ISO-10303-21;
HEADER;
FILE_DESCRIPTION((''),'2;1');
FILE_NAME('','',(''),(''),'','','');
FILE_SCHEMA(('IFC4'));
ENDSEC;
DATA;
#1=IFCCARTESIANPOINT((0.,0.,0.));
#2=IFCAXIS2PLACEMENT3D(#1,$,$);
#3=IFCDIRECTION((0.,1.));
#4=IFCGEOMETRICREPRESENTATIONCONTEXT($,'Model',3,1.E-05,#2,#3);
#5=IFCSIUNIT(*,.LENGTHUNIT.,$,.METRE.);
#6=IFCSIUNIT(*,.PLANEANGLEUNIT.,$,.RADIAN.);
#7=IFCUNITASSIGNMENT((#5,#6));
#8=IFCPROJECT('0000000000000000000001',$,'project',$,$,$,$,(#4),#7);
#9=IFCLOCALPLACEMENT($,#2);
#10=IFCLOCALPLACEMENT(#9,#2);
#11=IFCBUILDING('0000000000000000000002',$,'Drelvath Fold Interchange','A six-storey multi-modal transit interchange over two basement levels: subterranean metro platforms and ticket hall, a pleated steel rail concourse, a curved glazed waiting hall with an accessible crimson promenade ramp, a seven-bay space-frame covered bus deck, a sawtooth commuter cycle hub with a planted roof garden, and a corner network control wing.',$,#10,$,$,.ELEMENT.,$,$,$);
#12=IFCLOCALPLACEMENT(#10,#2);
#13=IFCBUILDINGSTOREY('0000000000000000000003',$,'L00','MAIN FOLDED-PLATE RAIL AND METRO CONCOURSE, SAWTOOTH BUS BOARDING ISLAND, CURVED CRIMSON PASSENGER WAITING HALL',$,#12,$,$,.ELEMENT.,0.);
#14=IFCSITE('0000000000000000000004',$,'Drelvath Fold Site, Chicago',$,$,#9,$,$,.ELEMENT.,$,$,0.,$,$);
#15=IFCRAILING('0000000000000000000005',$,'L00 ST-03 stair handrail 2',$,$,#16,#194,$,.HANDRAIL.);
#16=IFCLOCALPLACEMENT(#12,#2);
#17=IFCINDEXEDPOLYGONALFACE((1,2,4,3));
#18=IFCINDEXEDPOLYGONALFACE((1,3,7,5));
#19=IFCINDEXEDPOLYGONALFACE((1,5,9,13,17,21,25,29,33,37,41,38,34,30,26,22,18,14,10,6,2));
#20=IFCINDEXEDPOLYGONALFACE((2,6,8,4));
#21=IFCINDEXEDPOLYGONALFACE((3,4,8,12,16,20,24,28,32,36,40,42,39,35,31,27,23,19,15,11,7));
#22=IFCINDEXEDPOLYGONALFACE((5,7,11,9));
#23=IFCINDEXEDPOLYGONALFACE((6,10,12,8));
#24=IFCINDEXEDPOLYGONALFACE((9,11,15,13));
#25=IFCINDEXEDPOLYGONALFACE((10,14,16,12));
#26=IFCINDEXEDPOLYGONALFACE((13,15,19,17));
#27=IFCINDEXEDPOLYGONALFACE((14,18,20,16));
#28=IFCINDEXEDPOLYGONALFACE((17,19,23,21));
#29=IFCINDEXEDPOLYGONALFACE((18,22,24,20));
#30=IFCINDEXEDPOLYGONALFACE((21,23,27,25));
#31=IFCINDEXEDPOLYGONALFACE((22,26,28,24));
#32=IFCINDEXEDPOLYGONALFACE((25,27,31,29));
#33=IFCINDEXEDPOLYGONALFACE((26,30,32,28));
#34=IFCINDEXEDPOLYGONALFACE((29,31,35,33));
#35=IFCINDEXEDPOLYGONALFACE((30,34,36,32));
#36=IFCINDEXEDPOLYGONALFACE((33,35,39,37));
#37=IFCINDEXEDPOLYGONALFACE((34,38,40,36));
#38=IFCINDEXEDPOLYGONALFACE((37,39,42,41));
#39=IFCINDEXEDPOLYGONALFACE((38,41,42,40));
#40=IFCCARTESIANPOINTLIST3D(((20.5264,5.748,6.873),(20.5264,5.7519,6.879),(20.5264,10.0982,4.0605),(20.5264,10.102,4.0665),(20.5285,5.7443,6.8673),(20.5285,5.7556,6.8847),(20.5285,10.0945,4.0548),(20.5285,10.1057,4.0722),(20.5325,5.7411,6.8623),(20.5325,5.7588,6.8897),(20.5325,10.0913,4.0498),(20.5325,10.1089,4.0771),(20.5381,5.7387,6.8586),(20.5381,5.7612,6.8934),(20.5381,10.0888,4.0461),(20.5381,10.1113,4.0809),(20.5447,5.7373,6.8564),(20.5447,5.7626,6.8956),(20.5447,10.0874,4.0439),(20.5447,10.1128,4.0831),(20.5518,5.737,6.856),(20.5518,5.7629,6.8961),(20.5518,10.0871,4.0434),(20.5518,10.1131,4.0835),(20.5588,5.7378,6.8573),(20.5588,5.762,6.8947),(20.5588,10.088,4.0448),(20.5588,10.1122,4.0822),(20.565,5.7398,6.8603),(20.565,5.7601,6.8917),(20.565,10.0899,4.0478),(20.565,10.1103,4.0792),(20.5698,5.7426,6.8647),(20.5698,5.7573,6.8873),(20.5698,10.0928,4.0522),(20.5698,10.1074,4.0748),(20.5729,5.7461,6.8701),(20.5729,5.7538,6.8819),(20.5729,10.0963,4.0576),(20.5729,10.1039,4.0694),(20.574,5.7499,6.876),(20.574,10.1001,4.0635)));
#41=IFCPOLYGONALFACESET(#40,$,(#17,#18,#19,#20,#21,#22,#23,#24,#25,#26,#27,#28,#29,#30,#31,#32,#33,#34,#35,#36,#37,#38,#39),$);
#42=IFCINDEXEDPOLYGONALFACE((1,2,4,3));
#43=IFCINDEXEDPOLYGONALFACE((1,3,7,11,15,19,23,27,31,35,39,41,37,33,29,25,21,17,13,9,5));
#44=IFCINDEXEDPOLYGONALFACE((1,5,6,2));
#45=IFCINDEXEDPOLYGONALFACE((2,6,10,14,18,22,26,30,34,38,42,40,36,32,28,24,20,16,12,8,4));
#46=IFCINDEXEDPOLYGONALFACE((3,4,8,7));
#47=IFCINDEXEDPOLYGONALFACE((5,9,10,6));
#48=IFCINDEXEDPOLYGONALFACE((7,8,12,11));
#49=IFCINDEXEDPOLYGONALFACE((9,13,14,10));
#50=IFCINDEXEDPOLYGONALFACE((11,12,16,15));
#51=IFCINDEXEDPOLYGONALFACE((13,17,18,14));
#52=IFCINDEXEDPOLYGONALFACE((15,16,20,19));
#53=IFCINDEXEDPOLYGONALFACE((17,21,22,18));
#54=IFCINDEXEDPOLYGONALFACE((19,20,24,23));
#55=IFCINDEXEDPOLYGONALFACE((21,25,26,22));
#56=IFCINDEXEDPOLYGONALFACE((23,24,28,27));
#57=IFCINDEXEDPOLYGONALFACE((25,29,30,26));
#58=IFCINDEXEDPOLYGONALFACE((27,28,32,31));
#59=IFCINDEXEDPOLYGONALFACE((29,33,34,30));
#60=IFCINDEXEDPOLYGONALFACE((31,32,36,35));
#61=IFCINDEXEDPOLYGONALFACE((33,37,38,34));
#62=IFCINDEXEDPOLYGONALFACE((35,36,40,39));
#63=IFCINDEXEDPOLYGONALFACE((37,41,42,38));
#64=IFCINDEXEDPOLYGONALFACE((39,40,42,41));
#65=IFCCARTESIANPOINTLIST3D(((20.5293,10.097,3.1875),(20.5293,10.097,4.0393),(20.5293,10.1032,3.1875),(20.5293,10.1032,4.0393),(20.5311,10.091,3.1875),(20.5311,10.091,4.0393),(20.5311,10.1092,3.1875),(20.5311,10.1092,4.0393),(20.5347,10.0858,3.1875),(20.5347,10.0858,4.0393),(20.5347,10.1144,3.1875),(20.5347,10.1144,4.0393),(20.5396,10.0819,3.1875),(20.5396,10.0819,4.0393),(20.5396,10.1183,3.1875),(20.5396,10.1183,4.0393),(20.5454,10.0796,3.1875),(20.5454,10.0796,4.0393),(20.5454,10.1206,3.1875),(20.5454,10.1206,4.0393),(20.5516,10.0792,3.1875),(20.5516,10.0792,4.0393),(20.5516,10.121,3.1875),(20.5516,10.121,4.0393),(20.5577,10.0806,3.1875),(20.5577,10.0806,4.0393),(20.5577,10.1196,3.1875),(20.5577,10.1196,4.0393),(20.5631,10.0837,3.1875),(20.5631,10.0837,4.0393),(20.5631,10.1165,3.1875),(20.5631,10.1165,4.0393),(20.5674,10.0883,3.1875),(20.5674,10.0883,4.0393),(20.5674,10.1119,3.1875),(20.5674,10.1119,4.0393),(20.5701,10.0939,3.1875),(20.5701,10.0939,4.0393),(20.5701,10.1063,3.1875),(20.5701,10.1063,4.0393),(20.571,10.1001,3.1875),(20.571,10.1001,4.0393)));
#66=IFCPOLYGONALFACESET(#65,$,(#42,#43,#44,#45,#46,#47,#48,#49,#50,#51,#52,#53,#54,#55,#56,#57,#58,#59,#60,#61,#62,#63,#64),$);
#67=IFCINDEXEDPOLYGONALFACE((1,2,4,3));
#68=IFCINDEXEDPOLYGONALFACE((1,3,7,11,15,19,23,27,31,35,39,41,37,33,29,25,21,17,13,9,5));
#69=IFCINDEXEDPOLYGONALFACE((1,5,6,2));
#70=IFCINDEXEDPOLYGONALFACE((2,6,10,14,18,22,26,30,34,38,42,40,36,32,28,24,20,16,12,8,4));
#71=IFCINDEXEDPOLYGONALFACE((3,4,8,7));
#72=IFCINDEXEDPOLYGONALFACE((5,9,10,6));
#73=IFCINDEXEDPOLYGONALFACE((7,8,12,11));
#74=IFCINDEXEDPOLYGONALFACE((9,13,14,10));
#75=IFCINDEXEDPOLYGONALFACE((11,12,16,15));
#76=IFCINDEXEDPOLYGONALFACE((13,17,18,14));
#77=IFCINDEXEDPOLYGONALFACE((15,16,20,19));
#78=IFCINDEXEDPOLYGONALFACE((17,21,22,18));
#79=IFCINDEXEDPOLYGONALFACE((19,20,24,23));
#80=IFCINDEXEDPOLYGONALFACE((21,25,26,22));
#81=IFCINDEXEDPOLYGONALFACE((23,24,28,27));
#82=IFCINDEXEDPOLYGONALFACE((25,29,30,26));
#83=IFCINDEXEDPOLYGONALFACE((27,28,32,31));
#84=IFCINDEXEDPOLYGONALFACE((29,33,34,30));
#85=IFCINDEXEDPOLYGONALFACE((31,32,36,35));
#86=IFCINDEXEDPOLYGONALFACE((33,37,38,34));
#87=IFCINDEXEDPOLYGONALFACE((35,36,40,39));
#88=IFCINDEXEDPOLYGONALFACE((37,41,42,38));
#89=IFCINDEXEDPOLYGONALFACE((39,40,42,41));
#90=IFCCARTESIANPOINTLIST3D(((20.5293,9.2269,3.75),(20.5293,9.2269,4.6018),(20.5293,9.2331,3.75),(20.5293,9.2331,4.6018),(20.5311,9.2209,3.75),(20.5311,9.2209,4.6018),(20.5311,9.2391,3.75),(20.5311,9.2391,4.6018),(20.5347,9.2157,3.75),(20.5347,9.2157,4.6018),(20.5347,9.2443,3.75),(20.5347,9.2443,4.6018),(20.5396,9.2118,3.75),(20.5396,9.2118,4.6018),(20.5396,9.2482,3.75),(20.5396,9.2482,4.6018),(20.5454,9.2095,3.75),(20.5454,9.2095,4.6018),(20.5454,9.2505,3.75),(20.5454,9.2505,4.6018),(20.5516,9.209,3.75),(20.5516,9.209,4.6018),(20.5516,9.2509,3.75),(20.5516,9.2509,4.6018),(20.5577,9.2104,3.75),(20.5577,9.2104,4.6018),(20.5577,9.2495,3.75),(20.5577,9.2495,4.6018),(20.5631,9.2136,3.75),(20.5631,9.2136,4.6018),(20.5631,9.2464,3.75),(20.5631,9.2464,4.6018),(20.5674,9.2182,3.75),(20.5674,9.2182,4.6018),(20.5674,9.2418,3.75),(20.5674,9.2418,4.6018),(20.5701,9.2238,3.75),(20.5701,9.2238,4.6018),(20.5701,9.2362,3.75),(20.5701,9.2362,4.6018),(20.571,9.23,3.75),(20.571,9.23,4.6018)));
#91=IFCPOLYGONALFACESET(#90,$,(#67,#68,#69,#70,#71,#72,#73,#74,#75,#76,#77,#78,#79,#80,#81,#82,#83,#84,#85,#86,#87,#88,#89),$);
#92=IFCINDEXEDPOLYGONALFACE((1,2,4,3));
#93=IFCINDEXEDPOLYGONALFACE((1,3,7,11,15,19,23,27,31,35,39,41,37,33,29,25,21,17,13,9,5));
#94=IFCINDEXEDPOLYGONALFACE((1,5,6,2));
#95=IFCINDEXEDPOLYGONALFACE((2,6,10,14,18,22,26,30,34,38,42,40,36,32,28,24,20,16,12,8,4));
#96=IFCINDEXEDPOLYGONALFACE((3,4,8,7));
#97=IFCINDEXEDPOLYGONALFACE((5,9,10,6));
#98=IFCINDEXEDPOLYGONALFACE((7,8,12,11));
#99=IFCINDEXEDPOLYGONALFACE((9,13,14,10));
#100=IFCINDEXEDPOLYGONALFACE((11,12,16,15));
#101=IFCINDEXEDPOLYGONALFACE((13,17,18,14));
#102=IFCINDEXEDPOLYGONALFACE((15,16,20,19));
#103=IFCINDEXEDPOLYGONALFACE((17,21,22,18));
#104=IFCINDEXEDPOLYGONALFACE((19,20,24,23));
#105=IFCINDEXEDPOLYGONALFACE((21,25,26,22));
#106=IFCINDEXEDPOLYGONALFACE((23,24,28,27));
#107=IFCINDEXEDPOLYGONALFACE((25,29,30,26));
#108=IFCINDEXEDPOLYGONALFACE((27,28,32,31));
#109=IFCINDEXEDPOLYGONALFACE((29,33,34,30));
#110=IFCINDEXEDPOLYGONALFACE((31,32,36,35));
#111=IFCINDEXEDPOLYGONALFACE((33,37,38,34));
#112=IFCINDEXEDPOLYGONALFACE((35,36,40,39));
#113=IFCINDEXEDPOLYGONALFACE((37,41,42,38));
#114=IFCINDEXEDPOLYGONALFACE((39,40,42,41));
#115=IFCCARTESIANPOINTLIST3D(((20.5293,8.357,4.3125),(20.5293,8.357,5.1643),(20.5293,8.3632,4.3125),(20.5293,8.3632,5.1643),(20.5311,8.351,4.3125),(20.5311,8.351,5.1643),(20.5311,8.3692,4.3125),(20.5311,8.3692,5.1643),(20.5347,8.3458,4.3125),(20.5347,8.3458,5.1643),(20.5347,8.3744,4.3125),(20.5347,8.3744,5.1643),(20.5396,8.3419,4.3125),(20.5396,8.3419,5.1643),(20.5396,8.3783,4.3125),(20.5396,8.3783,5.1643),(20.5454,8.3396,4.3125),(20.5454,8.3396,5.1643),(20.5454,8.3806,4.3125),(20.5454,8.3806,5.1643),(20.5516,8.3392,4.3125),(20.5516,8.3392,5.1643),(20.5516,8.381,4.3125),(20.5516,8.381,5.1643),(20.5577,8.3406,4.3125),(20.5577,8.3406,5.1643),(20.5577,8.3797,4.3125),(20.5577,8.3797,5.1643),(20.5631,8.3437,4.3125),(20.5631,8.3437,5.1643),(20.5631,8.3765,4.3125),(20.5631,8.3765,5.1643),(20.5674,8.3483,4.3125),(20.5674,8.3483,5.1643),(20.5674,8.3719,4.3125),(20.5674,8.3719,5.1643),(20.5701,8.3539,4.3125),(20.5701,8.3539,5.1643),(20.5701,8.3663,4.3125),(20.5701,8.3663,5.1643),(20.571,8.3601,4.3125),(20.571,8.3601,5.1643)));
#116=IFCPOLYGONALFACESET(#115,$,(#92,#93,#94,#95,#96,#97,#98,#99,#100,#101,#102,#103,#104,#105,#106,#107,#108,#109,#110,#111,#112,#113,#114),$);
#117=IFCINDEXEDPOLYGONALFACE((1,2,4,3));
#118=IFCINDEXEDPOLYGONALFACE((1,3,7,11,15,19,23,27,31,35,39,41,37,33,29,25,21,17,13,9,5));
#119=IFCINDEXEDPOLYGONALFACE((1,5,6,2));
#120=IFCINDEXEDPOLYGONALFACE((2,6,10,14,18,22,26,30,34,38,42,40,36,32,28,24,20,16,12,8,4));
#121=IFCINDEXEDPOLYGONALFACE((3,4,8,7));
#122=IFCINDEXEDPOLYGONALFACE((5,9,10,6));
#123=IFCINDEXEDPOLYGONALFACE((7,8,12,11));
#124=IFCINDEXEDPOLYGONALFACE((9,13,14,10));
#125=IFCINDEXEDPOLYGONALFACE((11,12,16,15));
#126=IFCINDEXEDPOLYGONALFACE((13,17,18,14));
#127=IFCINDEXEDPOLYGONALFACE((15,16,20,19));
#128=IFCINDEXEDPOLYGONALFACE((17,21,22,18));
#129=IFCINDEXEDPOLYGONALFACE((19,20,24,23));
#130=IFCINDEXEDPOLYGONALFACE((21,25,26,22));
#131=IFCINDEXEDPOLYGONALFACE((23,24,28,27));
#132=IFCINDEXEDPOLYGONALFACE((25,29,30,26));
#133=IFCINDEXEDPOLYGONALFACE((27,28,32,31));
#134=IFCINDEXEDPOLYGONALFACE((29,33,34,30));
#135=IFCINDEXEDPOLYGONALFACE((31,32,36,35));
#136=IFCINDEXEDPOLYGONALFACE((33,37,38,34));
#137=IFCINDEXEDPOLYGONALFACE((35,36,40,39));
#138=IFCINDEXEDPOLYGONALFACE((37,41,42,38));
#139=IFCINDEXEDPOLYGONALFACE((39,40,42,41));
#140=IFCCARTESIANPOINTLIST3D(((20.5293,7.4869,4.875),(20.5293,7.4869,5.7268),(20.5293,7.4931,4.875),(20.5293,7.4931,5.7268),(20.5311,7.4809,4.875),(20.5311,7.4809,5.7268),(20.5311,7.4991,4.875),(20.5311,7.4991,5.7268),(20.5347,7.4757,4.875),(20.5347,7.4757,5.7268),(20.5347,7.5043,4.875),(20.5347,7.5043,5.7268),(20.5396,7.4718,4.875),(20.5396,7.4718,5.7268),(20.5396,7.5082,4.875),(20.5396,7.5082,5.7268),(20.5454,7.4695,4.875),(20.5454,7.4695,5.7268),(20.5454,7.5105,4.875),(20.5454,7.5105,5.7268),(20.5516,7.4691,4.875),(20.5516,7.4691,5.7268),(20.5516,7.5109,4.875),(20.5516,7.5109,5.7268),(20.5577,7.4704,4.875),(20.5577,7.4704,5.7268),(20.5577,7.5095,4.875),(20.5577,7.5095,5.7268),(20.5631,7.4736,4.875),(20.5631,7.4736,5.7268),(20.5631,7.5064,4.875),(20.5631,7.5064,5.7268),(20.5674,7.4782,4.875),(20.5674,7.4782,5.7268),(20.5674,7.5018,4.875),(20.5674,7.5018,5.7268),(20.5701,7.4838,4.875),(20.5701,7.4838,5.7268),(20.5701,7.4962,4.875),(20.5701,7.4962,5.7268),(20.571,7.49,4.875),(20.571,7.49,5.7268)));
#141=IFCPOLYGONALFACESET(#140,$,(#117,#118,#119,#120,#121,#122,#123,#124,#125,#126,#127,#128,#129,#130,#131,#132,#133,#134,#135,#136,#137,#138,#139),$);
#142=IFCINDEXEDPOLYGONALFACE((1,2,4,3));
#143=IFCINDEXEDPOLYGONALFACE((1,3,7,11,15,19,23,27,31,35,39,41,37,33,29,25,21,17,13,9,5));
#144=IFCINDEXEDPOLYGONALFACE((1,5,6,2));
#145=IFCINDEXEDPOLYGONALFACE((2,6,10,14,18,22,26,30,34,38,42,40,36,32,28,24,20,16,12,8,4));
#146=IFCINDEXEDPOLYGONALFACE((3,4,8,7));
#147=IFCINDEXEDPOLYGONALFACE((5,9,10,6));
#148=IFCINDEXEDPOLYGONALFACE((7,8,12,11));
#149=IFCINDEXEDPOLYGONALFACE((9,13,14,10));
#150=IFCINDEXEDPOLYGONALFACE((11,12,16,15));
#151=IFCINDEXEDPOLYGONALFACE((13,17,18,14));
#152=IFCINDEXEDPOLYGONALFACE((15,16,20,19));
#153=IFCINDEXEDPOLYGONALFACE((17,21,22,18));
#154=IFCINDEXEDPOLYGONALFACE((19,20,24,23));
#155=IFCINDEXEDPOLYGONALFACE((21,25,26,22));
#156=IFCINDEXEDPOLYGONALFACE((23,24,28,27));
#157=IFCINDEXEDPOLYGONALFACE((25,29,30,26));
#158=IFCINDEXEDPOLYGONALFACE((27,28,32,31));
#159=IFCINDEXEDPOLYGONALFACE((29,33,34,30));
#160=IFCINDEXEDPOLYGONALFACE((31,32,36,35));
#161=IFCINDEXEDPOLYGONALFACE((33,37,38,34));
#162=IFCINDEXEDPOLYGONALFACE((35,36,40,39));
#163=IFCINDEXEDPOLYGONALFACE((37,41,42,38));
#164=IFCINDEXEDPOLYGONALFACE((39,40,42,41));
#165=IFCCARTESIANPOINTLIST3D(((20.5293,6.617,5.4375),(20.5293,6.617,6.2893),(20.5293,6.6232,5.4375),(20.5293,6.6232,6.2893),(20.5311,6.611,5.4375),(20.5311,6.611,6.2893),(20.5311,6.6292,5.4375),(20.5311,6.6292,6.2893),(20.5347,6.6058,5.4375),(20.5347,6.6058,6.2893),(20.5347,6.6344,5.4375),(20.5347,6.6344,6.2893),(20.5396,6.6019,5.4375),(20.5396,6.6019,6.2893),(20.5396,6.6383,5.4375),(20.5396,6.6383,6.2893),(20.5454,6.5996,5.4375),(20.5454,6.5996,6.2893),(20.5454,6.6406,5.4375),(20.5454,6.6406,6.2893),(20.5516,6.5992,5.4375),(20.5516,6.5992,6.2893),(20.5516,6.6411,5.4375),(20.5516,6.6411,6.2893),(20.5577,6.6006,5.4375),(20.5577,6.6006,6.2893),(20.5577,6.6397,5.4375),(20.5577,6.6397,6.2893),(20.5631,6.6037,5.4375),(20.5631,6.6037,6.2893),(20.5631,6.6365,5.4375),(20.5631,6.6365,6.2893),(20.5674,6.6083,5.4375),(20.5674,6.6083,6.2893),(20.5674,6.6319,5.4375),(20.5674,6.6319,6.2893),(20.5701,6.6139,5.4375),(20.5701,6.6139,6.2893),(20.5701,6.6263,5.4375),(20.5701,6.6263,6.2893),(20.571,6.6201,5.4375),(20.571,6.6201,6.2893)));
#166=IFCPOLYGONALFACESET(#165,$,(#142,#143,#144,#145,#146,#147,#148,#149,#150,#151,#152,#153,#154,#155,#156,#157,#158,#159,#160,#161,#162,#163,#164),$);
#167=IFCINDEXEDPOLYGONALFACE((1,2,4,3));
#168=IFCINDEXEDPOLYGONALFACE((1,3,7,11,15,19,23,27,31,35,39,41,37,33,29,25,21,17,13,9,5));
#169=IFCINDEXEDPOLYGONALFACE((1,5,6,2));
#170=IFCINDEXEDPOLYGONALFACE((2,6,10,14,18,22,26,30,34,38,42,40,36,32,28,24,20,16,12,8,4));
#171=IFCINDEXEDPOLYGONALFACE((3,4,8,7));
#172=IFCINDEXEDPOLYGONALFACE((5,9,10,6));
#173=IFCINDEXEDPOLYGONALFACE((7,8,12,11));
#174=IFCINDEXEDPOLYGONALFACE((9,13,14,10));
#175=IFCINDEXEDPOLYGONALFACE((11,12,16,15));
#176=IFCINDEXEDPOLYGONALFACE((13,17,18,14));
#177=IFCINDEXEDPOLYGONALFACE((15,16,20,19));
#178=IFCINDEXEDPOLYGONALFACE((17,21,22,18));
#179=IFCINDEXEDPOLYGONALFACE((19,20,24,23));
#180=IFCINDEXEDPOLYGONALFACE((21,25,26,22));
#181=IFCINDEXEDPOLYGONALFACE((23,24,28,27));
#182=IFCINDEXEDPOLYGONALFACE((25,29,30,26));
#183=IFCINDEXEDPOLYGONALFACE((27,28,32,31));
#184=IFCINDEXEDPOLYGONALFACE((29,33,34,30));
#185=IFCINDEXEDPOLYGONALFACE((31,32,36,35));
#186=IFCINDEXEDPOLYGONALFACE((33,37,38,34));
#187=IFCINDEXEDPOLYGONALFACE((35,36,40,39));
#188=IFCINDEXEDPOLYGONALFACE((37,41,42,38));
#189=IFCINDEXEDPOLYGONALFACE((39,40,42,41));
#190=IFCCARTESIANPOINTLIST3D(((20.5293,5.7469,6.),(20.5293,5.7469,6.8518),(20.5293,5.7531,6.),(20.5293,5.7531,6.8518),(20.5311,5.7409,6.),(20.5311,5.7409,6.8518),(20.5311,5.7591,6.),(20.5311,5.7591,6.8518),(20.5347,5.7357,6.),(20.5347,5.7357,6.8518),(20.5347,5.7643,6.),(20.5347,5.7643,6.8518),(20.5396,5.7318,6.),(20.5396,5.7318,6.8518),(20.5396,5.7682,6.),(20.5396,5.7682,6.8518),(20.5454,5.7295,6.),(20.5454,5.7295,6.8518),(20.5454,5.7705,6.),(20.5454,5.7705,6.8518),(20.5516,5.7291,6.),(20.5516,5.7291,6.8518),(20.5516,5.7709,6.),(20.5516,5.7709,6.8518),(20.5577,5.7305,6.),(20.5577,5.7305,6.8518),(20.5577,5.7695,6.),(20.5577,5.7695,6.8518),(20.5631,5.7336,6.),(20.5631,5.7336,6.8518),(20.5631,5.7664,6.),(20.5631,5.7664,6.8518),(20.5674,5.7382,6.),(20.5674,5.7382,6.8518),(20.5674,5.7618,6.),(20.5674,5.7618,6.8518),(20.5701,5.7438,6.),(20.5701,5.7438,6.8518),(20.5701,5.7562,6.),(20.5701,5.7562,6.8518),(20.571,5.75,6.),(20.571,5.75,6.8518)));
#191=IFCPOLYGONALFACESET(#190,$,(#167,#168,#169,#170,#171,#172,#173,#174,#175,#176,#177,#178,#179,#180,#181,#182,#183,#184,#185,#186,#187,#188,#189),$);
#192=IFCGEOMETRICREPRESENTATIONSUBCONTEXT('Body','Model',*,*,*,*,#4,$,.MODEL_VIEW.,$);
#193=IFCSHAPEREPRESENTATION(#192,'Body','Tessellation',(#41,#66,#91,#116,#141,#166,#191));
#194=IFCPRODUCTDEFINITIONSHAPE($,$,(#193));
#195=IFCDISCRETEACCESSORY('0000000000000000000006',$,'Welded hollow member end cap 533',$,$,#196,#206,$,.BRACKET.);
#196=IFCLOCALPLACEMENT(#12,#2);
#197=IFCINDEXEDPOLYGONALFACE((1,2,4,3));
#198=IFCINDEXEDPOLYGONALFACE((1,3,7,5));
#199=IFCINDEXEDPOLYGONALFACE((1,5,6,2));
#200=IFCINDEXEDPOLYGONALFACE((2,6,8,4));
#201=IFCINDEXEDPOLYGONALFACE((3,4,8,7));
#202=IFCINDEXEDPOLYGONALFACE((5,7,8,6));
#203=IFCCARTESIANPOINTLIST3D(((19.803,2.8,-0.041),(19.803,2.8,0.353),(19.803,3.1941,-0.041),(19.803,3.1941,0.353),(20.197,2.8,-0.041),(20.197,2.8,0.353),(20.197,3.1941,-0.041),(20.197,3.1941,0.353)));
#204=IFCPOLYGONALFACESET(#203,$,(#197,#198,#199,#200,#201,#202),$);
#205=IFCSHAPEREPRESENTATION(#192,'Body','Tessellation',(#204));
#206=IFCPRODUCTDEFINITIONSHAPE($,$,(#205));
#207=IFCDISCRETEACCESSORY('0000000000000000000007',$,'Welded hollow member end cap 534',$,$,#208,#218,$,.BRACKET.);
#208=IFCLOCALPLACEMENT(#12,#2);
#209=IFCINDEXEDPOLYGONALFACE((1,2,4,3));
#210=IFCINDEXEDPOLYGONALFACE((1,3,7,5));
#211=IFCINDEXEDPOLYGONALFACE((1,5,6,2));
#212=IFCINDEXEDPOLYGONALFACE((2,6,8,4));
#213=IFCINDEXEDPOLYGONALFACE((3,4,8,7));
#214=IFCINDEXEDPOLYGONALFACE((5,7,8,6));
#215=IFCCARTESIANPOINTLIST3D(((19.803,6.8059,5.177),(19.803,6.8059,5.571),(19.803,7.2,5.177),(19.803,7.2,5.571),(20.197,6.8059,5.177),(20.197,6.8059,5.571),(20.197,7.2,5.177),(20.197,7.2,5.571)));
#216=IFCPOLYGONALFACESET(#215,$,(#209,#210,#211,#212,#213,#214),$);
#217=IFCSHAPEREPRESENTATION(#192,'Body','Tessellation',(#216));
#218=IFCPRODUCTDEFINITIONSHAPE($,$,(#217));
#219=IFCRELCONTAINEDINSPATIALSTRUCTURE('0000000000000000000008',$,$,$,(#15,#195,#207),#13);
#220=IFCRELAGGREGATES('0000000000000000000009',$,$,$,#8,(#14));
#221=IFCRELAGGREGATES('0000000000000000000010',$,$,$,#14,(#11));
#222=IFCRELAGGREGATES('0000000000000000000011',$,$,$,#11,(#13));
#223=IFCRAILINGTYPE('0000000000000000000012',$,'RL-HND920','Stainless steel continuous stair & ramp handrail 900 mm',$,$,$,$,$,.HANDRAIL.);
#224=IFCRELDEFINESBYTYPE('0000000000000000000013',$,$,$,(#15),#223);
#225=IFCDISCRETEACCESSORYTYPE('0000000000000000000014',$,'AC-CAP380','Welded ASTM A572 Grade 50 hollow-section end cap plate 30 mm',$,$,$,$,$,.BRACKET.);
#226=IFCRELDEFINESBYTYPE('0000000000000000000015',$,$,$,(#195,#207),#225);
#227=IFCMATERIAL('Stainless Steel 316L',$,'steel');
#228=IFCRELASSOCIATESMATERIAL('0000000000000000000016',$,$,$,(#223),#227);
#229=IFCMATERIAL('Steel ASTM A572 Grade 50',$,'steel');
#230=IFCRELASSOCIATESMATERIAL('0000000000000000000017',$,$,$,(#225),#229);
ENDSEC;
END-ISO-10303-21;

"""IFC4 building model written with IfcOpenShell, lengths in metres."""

from ifc_helpers import new_model, si_unit, direction, frame, origin, origin_2d, place, context, subcontext, project, spatial, rectangle, circle, extrude, material, type_object, element, save


model = new_model("IFC4")

# Units and contexts
model_context = context("Model", 3, precision=1e-05, world=origin(), true_north=direction((0.0, 1.0)))
body_context = subcontext(model_context, "Body", "Model", "MODEL_VIEW")
ifc_project = project(units=[si_unit("LENGTHUNIT", "METRE"), si_unit("PLANEANGLEUNIT", "RADIAN")], contexts=[model_context])

# Site, building, storey
site_placement = place(None, origin())
site = spatial("IfcSite", under=ifc_project, at=site_placement, Name="Drelvath Fold Site, Chicago", CompositionType="ELEMENT", RefElevation=0.0)
building_placement = place(site_placement, origin())
building = spatial("IfcBuilding", under=site, at=building_placement, Name="Drelvath Fold Interchange", Description="A six-storey multi-modal transit interchange over two basement levels: subterranean metro platforms and ticket hall, a pleated steel rail concourse, a curved glazed waiting hall with an accessible crimson promenade ramp, a seven-bay space-frame covered bus deck, a sawtooth commuter cycle hub with a planted roof garden, and a corner network control wing.", CompositionType="ELEMENT")
storey_placement = place(building_placement, origin())
storey = spatial("IfcBuildingStorey", under=building, at=storey_placement, Name="L00", Description="MAIN FOLDED-PLATE RAIL AND METRO CONCOURSE, SAWTOOTH BUS BOARDING ISLAND, CURVED CRIMSON PASSENGER WAITING HALL", CompositionType="ELEMENT", Elevation=0.0)

# Shared definitions
ifc_material_1 = material(Name="Steel ASTM A572 Grade 50", Category="steel")

# Railing
ifc_material_2 = material(Name="Stainless Steel 316L", Category="steel")
railing_type_1 = type_object("IfcRailingType", Name="RL-HND920", Description="Stainless steel continuous stair & ramp handrail 900 mm", PredefinedType="HANDRAIL", material=ifc_material_2)
railing_1_placement = place(storey_placement, frame((20.55, 10.1001, 3.1875)))
element("IfcRailing", 1, at=railing_1_placement, inside=storey, type_object=railing_type_1, Name="L00 ST-03 stair handrail 2", PredefinedType="HANDRAIL", context=body_context, shape_type="SweptSolid", body=[
    extrude(circle(Radius=0.0239, at=origin_2d()), frame((0.0, 0.0, 0.876), z_axis=(0.0, -0.83977, 0.542942), x_axis=(1.0, 0.0, 0.0)), (0.0, 0.0, 1.0), 5.1802),
    extrude(circle(Radius=0.021, at=origin_2d()), origin(), (0.0, 0.0, 1.0), 0.8518),
    extrude(circle(Radius=0.021, at=origin_2d()), frame((0.0, -0.8701, 0.5625)), (0.0, 0.0, 1.0), 0.8518),
    extrude(circle(Radius=0.021, at=origin_2d()), frame((0.0, -1.74, 1.125)), (0.0, 0.0, 1.0), 0.8518),
    extrude(circle(Radius=0.021, at=origin_2d()), frame((0.0, -2.6101, 1.6875)), (0.0, 0.0, 1.0), 0.8518),
    extrude(circle(Radius=0.021, at=origin_2d()), frame((0.0, -3.48, 2.25)), (0.0, 0.0, 1.0), 0.8518),
    extrude(circle(Radius=0.021, at=origin_2d()), frame((0.0, -4.3501, 2.8125)), (0.0, 0.0, 1.0), 0.8518),
])

# Discrete accessories
discrete_accessory_type = type_object("IfcDiscreteAccessoryType", Name="AC-CAP380", Description="Welded ASTM A572 Grade 50 hollow-section end cap plate 30 mm", PredefinedType="BRACKET", material=ifc_material_1)
for number, where, z_axis, x_axis, name in (
    (2, (20.0, 2.9971, -0.041), (0.0, 0.0, 1.0), (1.0, 0.0, 0.0), "Welded hollow member end cap 533"),
    (3, (20.0, 7.0029, 5.177), (0.0, 0.0, 1.0), (1.0, 0.0, 0.0), "Welded hollow member end cap 534"),
):
    element("IfcDiscreteAccessory", number, at=place(storey_placement, frame(where, z_axis=z_axis, x_axis=x_axis)), inside=storey, type_object=discrete_accessory_type, Name=name, PredefinedType="BRACKET", context=body_context, shape_type="SweptSolid", body=[
        extrude(rectangle(XDim=0.394, YDim=0.394, at=origin_2d()), origin(), (0.0, 0.0, 1.0), 0.394),
    ])

save(model, "model.ifc")
